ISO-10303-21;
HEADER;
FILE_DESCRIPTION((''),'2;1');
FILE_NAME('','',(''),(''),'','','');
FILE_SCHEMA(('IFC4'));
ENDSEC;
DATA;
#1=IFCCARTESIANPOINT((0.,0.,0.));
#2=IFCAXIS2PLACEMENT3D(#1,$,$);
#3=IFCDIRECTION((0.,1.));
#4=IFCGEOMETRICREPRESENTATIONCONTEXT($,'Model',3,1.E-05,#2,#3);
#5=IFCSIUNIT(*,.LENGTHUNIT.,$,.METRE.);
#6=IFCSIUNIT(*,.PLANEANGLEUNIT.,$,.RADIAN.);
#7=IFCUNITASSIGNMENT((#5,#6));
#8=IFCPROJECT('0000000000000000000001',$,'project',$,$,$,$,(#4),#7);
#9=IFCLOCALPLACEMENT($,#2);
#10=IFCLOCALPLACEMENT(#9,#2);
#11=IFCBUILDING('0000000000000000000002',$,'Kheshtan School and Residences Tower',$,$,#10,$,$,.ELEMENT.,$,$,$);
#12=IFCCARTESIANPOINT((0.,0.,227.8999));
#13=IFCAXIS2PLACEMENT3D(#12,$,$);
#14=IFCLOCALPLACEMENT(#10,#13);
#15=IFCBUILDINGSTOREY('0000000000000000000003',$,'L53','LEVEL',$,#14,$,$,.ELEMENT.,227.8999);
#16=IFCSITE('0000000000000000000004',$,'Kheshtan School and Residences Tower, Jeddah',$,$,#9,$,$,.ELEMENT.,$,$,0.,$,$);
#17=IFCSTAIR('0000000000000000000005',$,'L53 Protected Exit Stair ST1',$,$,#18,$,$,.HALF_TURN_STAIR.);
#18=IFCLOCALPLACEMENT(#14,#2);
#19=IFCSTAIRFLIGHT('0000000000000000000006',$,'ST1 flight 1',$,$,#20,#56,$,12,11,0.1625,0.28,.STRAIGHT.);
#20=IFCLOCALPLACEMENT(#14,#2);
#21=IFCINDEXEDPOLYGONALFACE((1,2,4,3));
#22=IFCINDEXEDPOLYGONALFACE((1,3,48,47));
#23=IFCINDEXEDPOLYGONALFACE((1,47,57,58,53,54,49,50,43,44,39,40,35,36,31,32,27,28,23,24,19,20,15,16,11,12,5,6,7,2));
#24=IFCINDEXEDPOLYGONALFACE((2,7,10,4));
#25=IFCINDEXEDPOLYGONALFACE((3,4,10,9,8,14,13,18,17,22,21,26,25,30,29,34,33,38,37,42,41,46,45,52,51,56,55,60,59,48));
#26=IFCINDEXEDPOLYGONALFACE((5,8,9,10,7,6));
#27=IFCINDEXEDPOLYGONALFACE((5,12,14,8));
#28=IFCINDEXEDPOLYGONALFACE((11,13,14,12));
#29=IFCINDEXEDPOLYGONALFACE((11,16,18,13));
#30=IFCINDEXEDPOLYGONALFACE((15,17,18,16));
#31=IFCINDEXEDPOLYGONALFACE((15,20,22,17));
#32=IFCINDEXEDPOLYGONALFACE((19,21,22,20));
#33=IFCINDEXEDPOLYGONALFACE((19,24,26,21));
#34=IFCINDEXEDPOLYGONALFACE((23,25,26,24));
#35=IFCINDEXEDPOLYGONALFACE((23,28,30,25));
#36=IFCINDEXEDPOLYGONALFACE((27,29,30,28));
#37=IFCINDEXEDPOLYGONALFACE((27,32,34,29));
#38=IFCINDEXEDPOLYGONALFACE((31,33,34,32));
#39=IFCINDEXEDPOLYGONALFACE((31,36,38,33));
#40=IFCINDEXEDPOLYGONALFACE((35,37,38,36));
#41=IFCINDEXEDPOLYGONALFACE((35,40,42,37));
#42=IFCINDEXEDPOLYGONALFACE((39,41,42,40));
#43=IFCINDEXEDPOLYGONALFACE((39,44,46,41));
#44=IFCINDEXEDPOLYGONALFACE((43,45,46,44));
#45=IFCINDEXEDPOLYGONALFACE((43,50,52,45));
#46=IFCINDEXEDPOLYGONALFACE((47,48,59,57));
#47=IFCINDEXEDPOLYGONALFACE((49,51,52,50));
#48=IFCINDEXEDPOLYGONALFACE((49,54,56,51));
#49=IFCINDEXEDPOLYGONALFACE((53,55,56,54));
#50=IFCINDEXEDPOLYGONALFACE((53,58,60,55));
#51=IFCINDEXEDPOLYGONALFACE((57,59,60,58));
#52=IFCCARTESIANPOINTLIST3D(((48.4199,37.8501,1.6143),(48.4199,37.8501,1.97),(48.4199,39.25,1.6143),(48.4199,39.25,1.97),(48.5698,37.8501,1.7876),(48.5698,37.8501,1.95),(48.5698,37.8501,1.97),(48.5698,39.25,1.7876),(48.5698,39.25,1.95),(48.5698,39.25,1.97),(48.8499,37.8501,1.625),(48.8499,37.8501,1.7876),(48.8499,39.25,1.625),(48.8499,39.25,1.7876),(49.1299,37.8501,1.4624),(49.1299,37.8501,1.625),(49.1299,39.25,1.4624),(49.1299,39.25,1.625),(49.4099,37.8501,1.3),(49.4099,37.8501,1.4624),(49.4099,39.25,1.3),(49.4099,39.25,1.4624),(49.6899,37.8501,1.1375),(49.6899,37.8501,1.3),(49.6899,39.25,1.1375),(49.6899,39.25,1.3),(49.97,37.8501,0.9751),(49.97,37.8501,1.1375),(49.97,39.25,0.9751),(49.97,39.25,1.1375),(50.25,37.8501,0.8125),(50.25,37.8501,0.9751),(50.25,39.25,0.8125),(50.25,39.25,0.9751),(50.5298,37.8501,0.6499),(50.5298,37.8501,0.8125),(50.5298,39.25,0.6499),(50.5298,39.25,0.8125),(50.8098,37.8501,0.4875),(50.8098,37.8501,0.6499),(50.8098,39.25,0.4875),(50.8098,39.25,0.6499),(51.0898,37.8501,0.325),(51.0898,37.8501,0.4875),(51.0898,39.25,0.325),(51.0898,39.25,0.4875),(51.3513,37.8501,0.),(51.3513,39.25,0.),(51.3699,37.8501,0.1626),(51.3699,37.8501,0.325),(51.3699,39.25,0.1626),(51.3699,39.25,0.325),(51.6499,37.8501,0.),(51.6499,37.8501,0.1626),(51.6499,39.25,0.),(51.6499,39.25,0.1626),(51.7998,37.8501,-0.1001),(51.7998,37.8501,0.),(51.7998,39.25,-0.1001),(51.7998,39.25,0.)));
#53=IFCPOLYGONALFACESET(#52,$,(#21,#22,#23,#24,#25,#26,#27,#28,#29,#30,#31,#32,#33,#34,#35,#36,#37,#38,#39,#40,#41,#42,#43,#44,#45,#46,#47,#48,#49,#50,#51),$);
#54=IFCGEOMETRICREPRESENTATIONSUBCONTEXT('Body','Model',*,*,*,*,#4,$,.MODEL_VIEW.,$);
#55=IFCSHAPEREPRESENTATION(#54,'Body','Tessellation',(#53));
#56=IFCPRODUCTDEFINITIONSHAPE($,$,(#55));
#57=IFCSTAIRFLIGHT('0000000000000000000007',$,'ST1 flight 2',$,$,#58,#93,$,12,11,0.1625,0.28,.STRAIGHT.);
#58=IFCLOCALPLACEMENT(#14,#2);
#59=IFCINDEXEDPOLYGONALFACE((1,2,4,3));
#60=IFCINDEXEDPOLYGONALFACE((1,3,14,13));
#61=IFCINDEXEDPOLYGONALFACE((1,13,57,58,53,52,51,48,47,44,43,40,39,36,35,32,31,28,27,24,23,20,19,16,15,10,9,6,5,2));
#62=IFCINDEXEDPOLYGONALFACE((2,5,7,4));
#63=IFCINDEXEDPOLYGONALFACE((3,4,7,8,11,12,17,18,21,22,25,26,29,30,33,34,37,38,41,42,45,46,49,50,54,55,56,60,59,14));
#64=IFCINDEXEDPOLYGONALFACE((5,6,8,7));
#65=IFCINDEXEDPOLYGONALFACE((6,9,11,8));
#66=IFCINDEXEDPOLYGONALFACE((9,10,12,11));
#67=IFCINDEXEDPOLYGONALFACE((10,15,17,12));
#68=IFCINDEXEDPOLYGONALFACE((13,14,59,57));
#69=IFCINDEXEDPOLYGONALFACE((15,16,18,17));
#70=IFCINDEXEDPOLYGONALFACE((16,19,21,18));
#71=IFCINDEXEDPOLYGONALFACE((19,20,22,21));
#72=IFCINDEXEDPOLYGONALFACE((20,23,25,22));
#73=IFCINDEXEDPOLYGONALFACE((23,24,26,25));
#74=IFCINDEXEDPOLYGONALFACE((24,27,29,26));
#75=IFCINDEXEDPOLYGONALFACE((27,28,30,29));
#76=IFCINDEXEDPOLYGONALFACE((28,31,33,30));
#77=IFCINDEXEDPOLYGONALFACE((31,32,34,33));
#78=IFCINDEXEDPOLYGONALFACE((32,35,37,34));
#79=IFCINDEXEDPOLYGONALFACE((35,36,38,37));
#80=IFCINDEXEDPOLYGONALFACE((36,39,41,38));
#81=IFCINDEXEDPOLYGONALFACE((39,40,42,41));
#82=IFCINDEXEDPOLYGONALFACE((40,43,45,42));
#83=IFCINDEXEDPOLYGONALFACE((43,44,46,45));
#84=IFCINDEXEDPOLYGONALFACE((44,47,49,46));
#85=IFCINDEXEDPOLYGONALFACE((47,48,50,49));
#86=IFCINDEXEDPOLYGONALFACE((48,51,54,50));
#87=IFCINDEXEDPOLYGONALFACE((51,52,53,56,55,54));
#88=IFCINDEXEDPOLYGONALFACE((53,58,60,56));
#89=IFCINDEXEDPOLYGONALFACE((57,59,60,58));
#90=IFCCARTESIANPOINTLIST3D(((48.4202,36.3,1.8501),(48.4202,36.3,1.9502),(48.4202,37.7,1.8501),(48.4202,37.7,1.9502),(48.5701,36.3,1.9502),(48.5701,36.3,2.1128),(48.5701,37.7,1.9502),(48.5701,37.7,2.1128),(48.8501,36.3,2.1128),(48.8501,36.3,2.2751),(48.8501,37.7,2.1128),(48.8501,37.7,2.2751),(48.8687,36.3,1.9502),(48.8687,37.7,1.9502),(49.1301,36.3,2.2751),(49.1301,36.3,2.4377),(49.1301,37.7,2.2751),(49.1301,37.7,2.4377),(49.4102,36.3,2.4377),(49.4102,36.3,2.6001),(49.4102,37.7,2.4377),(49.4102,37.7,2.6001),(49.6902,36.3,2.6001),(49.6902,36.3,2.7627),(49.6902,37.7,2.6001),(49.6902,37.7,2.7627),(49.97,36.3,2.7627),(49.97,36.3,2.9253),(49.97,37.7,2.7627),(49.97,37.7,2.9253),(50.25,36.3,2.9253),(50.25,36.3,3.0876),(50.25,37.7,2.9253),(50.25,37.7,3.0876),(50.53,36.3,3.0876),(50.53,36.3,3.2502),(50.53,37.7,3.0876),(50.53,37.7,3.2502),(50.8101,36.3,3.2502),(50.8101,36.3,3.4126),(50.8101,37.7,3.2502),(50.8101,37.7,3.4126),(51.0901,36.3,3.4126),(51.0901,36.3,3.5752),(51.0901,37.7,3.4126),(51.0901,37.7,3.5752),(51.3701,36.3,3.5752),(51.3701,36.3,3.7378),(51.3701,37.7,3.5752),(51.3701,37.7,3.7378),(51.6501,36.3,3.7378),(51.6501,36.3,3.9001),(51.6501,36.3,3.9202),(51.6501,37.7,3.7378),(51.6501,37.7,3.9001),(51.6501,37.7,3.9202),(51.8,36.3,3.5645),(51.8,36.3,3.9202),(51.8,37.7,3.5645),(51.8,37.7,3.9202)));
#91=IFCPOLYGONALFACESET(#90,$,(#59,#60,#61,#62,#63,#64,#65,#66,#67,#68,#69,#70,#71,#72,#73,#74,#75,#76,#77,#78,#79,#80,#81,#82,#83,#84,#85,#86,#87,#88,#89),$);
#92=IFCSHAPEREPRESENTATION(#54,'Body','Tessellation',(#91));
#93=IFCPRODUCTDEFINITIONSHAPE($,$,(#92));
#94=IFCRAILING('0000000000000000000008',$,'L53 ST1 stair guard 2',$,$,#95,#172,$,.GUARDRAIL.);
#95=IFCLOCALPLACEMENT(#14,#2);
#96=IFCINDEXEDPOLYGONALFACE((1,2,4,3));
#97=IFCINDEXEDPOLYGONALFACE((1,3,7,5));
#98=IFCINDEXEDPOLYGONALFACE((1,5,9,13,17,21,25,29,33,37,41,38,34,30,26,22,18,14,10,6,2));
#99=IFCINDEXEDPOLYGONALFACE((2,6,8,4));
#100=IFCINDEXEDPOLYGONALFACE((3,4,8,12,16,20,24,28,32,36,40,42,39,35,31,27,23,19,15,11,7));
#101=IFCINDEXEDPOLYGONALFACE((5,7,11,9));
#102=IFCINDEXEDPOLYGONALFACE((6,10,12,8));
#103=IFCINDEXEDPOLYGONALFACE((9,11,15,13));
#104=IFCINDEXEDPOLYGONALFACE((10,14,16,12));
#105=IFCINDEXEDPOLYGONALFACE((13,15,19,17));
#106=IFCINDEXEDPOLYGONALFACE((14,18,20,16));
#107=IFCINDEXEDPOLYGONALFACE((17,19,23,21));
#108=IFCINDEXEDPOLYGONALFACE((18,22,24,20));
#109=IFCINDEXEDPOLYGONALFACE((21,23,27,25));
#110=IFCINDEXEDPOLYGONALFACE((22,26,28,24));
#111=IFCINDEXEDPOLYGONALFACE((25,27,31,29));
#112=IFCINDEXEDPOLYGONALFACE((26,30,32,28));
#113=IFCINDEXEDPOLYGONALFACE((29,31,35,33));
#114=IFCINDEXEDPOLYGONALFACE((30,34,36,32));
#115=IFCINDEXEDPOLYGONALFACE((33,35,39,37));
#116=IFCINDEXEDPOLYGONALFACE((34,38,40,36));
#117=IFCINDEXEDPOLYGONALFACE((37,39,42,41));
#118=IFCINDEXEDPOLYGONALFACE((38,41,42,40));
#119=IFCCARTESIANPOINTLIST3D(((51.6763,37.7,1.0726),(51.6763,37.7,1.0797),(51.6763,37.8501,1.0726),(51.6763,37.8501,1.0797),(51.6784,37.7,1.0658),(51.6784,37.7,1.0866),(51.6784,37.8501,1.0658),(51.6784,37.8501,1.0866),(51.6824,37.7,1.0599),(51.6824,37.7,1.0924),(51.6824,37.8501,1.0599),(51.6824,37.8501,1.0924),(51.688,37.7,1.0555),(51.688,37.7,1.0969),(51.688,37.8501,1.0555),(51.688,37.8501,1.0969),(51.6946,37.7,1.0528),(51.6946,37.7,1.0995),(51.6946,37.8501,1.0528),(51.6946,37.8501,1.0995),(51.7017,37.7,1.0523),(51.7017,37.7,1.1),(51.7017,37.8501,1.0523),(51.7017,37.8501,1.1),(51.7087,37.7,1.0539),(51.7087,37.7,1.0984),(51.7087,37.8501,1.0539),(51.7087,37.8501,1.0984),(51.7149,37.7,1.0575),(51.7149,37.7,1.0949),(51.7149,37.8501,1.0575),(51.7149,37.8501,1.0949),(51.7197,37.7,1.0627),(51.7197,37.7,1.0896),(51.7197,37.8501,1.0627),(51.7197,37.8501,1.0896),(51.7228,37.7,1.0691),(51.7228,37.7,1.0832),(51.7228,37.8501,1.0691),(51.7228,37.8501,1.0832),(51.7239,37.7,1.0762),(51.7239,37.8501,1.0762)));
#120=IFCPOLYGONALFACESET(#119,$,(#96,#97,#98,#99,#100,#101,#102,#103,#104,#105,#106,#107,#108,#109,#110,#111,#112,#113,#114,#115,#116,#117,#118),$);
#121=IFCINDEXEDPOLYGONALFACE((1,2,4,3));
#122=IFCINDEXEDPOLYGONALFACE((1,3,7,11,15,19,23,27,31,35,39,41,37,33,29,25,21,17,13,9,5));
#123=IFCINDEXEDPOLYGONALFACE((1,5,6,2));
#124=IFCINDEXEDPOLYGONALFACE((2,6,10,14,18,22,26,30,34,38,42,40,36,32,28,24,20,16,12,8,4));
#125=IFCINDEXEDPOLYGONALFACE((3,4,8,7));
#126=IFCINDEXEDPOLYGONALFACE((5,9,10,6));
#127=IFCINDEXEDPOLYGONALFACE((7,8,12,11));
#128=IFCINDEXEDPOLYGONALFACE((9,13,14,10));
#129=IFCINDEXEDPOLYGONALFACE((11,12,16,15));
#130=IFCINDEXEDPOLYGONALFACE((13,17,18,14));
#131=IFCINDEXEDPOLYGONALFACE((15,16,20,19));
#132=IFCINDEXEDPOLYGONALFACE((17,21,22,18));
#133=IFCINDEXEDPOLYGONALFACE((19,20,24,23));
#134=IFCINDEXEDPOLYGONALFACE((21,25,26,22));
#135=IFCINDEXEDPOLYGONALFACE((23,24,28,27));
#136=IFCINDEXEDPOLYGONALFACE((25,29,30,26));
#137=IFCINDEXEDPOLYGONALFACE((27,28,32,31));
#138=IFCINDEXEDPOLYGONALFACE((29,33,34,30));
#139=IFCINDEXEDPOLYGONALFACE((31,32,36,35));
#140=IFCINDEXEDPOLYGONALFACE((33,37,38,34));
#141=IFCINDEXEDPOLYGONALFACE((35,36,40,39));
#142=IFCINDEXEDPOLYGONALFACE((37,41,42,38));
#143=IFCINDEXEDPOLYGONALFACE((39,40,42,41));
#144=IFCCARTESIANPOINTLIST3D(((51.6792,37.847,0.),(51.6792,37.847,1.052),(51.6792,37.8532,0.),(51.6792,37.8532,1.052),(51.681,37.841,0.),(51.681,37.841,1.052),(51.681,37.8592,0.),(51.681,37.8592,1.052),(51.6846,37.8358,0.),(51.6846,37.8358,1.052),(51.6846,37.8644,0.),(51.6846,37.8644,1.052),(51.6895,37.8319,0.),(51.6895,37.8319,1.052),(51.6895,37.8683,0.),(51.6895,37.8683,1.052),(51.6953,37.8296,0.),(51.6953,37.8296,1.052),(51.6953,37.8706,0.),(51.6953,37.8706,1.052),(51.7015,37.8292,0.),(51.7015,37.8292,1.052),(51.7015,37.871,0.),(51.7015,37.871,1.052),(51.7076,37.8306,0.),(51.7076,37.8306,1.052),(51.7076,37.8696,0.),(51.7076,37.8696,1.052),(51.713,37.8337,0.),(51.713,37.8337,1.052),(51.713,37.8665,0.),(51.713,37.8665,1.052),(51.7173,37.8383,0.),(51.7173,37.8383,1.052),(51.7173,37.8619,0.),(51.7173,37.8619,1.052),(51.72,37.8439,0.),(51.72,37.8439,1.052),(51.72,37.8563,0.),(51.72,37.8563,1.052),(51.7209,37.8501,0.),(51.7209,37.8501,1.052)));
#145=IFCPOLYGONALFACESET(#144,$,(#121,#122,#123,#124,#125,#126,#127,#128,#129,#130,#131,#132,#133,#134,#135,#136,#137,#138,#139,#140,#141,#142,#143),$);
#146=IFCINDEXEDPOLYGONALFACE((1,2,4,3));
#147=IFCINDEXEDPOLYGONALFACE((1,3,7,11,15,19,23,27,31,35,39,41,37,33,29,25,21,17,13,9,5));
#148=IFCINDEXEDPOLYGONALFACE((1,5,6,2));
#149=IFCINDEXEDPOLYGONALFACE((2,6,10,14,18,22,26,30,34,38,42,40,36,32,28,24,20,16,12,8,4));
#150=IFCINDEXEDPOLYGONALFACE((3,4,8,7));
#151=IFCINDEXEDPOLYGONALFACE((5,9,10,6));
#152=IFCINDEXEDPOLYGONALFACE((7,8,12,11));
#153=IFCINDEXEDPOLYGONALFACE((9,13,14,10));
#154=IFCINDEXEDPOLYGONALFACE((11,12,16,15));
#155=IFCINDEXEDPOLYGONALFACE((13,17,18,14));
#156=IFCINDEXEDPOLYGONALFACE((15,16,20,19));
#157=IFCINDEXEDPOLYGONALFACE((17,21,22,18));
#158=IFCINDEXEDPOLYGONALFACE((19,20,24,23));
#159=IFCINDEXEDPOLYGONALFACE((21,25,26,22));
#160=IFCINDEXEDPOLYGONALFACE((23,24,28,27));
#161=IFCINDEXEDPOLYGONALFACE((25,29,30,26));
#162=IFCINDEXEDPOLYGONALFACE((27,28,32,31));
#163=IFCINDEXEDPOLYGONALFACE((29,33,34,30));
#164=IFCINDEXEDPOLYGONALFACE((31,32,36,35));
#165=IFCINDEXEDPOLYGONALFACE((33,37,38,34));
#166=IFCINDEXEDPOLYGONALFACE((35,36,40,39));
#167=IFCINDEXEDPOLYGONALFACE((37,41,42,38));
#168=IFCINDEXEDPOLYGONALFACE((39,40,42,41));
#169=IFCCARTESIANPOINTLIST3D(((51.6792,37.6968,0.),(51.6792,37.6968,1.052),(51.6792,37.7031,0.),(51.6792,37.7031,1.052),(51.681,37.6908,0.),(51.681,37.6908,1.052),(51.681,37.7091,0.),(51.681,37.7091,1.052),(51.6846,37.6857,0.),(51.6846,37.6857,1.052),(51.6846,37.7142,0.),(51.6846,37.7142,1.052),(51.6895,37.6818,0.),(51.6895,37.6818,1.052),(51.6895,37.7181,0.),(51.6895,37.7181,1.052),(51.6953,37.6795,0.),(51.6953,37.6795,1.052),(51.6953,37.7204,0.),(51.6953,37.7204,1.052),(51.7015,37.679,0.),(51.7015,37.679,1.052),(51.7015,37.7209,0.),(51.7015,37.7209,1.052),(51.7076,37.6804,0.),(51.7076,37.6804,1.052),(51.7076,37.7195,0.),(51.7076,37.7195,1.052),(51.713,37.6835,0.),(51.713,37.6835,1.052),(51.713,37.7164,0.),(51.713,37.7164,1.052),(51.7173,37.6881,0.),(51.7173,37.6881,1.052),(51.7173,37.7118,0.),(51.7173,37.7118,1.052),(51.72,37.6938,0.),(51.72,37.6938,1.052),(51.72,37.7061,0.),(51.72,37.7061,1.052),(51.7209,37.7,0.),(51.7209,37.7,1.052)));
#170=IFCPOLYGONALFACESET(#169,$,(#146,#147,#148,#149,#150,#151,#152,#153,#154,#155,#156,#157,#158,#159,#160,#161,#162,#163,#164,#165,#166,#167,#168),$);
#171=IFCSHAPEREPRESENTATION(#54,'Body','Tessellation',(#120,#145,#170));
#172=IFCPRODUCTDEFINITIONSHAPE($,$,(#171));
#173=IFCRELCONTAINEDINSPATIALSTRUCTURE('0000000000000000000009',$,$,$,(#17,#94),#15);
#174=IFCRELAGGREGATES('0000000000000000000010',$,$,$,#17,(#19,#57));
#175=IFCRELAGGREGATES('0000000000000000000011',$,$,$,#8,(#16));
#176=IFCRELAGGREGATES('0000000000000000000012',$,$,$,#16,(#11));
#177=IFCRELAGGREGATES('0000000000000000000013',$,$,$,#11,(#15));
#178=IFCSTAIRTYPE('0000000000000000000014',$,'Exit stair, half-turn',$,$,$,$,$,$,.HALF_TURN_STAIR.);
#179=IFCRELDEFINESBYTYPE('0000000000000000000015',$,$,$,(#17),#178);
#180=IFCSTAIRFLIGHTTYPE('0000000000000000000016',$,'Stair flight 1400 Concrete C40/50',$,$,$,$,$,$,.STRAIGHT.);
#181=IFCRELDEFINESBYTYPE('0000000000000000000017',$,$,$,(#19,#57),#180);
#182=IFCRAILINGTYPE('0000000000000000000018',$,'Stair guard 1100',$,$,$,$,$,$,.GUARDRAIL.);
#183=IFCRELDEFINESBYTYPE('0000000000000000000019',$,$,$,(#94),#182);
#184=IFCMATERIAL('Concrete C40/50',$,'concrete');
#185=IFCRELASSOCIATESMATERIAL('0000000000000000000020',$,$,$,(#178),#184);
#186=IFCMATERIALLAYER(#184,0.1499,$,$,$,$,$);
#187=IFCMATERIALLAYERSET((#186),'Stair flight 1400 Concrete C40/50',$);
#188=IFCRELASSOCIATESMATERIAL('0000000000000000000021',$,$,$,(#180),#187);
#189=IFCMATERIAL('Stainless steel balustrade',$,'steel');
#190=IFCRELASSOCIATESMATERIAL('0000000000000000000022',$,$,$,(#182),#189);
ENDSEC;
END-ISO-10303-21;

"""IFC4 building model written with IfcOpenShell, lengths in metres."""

from ifc_helpers import new_model, si_unit, direction, frame, origin, origin_2d, place, context, subcontext, project, spatial, polyline, circle, outline, extrude, material, layer, layer_set, type_object, element, aggregate, save


model = new_model("IFC4")

# Units and contexts
model_context = context("Model", 3, precision=1e-05, world=origin(), true_north=direction((0.0, 1.0)))
body_context = subcontext(model_context, "Body", "Model", "MODEL_VIEW")
ifc_project = project(units=[si_unit("LENGTHUNIT", "METRE"), si_unit("PLANEANGLEUNIT", "RADIAN")], contexts=[model_context])

# Site, building, storey
site_placement = place(None, origin())
site = spatial("IfcSite", under=ifc_project, at=site_placement, Name="Kheshtan School and Residences Tower, Jeddah", CompositionType="ELEMENT", RefElevation=0.0)
building_placement = place(site_placement, origin())
building = spatial("IfcBuilding", under=site, at=building_placement, Name="Kheshtan School and Residences Tower", CompositionType="ELEMENT")
storey_placement = place(building_placement, frame((0.0, 0.0, 227.8999)))
storey = spatial("IfcBuildingStorey", under=building, at=storey_placement, Name="L53", Description="LEVEL", CompositionType="ELEMENT", Elevation=227.8999)

# Shared definitions
ifc_material_1 = material(Name="Concrete C40/50", Category="concrete")

# Stair, stair flights
stair_type = type_object("IfcStairType", Name="Exit stair, half-turn", PredefinedType="HALF_TURN_STAIR", material=ifc_material_1)
stair_placement = place(storey_placement, origin())
stair = element("IfcStair", 1, at=stair_placement, inside=storey, type_object=stair_type, Name="L53 Protected Exit Stair ST1", PredefinedType="HALF_TURN_STAIR")
ifc_layer_1 = layer(ifc_material_1, 0.1499)
ifc_layer_set_1 = layer_set([ifc_layer_1], Name="Stair flight 1400 Concrete C40/50")
stair_flight_type = type_object("IfcStairFlightType", Name="Stair flight 1400 Concrete C40/50", PredefinedType="STRAIGHT", material=ifc_layer_set_1)
stair_flight_1_placement = place(storey_placement, frame((51.6499, 38.55, 0.0), z_axis=(0.0, 0.0, 1.0), x_axis=(-1.0, 0.0, 0.0)))
stair_flight_1 = element("IfcStairFlight", 2, at=stair_flight_1_placement, type_object=stair_flight_type, Name="ST1 flight 1", NumberOfRisers=12, NumberOfTreads=11, PredefinedType="STRAIGHT", RiserHeight=0.1625, TreadLength=0.28, context=body_context, shape_type="SweptSolid", body=[
    extrude(outline(polyline([(-0.1499, -0.1001), (-0.1499, 0.0), (0.0, 0.0), (0.0, 0.1626), (0.28, 0.1626), (0.28, 0.325), (0.5601, 0.325), (0.5601, 0.4875), (0.8401, 0.4875), (0.8401, 0.6499), (1.1201, 0.6499), (1.1201, 0.8125), (1.3999, 0.8125), (1.3999, 0.9751), (1.6799, 0.9751), (1.6799, 1.1375), (1.96, 1.1375), (1.96, 1.3), (2.24, 1.3), (2.24, 1.4624), (2.52, 1.4624), (2.52, 1.625), (2.8, 1.625), (2.8, 1.7876), (3.0801, 1.7876), (3.0801, 1.95), (3.0801, 1.97), (3.23, 1.97), (3.23, 1.6143), (0.2986, 0.0), (-0.1499, -0.1001)])), frame((0.0, 0.7, 0.0), z_axis=(0.0, -1.0, 0.0), x_axis=(1.0, 0.0, 0.0)), (0.0, 0.0, 1.0), 1.3999),
])
stair_flight_2_placement = place(storey_placement, frame((48.5701, 37.0, 1.9502), z_axis=(0.0, 0.0, 1.0), x_axis=(1.0, 0.0, 0.0)))
stair_flight_2 = element("IfcStairFlight", 3, at=stair_flight_2_placement, type_object=stair_flight_type, Name="ST1 flight 2", NumberOfRisers=12, NumberOfTreads=11, PredefinedType="STRAIGHT", RiserHeight=0.1625, TreadLength=0.28, context=body_context, shape_type="SweptSolid", body=[
    extrude(outline(polyline([(-0.1499, -0.1001), (-0.1499, 0.0), (0.0, 0.0), (0.0, 0.1626), (0.28, 0.1626), (0.28, 0.325), (0.5601, 0.325), (0.5601, 0.4875), (0.8401, 0.4875), (0.8401, 0.6499), (1.1201, 0.6499), (1.1201, 0.8125), (1.3999, 0.8125), (1.3999, 0.9751), (1.6799, 0.9751), (1.6799, 1.1375), (1.96, 1.1375), (1.96, 1.3), (2.24, 1.3), (2.24, 1.4624), (2.52, 1.4624), (2.52, 1.625), (2.8, 1.625), (2.8, 1.7876), (3.0801, 1.7876), (3.0801, 1.95), (3.0801, 1.97), (3.23, 1.97), (3.23, 1.6143), (0.2986, 0.0), (-0.1499, -0.1001)])), frame((0.0, 0.7, 0.0), z_axis=(0.0, -1.0, 0.0), x_axis=(1.0, 0.0, 0.0)), (0.0, 0.0, 1.0), 1.3999),
])
aggregate(stair, [stair_flight_1, stair_flight_2])

# Railing
ifc_material_2 = material(Name="Stainless steel balustrade", Category="steel")
railing_type_1 = type_object("IfcRailingType", Name="Stair guard 1100", PredefinedType="GUARDRAIL", material=ifc_material_2)
railing_1_placement = place(storey_placement, frame((51.7, 37.8501, 0.0)))
element("IfcRailing", 4, at=railing_1_placement, inside=storey, type_object=railing_type_1, Name="L53 ST1 stair guard 2", PredefinedType="GUARDRAIL", context=body_context, shape_type="SweptSolid", body=[
    extrude(circle(Radius=0.0239, at=origin_2d()), frame((0.0, 0.0, 1.0762), z_axis=(0.0, -1.0, 0.0), x_axis=(1.0, 0.0, 0.0)), (0.0, 0.0, 1.0), 0.1501),
    extrude(circle(Radius=0.021, at=origin_2d()), origin(), (0.0, 0.0, 1.0), 1.052),
    extrude(circle(Radius=0.021, at=origin_2d()), frame((0.0, -0.1501, 0.0)), (0.0, 0.0, 1.0), 1.052),
])

save(model, "model.ifc")
